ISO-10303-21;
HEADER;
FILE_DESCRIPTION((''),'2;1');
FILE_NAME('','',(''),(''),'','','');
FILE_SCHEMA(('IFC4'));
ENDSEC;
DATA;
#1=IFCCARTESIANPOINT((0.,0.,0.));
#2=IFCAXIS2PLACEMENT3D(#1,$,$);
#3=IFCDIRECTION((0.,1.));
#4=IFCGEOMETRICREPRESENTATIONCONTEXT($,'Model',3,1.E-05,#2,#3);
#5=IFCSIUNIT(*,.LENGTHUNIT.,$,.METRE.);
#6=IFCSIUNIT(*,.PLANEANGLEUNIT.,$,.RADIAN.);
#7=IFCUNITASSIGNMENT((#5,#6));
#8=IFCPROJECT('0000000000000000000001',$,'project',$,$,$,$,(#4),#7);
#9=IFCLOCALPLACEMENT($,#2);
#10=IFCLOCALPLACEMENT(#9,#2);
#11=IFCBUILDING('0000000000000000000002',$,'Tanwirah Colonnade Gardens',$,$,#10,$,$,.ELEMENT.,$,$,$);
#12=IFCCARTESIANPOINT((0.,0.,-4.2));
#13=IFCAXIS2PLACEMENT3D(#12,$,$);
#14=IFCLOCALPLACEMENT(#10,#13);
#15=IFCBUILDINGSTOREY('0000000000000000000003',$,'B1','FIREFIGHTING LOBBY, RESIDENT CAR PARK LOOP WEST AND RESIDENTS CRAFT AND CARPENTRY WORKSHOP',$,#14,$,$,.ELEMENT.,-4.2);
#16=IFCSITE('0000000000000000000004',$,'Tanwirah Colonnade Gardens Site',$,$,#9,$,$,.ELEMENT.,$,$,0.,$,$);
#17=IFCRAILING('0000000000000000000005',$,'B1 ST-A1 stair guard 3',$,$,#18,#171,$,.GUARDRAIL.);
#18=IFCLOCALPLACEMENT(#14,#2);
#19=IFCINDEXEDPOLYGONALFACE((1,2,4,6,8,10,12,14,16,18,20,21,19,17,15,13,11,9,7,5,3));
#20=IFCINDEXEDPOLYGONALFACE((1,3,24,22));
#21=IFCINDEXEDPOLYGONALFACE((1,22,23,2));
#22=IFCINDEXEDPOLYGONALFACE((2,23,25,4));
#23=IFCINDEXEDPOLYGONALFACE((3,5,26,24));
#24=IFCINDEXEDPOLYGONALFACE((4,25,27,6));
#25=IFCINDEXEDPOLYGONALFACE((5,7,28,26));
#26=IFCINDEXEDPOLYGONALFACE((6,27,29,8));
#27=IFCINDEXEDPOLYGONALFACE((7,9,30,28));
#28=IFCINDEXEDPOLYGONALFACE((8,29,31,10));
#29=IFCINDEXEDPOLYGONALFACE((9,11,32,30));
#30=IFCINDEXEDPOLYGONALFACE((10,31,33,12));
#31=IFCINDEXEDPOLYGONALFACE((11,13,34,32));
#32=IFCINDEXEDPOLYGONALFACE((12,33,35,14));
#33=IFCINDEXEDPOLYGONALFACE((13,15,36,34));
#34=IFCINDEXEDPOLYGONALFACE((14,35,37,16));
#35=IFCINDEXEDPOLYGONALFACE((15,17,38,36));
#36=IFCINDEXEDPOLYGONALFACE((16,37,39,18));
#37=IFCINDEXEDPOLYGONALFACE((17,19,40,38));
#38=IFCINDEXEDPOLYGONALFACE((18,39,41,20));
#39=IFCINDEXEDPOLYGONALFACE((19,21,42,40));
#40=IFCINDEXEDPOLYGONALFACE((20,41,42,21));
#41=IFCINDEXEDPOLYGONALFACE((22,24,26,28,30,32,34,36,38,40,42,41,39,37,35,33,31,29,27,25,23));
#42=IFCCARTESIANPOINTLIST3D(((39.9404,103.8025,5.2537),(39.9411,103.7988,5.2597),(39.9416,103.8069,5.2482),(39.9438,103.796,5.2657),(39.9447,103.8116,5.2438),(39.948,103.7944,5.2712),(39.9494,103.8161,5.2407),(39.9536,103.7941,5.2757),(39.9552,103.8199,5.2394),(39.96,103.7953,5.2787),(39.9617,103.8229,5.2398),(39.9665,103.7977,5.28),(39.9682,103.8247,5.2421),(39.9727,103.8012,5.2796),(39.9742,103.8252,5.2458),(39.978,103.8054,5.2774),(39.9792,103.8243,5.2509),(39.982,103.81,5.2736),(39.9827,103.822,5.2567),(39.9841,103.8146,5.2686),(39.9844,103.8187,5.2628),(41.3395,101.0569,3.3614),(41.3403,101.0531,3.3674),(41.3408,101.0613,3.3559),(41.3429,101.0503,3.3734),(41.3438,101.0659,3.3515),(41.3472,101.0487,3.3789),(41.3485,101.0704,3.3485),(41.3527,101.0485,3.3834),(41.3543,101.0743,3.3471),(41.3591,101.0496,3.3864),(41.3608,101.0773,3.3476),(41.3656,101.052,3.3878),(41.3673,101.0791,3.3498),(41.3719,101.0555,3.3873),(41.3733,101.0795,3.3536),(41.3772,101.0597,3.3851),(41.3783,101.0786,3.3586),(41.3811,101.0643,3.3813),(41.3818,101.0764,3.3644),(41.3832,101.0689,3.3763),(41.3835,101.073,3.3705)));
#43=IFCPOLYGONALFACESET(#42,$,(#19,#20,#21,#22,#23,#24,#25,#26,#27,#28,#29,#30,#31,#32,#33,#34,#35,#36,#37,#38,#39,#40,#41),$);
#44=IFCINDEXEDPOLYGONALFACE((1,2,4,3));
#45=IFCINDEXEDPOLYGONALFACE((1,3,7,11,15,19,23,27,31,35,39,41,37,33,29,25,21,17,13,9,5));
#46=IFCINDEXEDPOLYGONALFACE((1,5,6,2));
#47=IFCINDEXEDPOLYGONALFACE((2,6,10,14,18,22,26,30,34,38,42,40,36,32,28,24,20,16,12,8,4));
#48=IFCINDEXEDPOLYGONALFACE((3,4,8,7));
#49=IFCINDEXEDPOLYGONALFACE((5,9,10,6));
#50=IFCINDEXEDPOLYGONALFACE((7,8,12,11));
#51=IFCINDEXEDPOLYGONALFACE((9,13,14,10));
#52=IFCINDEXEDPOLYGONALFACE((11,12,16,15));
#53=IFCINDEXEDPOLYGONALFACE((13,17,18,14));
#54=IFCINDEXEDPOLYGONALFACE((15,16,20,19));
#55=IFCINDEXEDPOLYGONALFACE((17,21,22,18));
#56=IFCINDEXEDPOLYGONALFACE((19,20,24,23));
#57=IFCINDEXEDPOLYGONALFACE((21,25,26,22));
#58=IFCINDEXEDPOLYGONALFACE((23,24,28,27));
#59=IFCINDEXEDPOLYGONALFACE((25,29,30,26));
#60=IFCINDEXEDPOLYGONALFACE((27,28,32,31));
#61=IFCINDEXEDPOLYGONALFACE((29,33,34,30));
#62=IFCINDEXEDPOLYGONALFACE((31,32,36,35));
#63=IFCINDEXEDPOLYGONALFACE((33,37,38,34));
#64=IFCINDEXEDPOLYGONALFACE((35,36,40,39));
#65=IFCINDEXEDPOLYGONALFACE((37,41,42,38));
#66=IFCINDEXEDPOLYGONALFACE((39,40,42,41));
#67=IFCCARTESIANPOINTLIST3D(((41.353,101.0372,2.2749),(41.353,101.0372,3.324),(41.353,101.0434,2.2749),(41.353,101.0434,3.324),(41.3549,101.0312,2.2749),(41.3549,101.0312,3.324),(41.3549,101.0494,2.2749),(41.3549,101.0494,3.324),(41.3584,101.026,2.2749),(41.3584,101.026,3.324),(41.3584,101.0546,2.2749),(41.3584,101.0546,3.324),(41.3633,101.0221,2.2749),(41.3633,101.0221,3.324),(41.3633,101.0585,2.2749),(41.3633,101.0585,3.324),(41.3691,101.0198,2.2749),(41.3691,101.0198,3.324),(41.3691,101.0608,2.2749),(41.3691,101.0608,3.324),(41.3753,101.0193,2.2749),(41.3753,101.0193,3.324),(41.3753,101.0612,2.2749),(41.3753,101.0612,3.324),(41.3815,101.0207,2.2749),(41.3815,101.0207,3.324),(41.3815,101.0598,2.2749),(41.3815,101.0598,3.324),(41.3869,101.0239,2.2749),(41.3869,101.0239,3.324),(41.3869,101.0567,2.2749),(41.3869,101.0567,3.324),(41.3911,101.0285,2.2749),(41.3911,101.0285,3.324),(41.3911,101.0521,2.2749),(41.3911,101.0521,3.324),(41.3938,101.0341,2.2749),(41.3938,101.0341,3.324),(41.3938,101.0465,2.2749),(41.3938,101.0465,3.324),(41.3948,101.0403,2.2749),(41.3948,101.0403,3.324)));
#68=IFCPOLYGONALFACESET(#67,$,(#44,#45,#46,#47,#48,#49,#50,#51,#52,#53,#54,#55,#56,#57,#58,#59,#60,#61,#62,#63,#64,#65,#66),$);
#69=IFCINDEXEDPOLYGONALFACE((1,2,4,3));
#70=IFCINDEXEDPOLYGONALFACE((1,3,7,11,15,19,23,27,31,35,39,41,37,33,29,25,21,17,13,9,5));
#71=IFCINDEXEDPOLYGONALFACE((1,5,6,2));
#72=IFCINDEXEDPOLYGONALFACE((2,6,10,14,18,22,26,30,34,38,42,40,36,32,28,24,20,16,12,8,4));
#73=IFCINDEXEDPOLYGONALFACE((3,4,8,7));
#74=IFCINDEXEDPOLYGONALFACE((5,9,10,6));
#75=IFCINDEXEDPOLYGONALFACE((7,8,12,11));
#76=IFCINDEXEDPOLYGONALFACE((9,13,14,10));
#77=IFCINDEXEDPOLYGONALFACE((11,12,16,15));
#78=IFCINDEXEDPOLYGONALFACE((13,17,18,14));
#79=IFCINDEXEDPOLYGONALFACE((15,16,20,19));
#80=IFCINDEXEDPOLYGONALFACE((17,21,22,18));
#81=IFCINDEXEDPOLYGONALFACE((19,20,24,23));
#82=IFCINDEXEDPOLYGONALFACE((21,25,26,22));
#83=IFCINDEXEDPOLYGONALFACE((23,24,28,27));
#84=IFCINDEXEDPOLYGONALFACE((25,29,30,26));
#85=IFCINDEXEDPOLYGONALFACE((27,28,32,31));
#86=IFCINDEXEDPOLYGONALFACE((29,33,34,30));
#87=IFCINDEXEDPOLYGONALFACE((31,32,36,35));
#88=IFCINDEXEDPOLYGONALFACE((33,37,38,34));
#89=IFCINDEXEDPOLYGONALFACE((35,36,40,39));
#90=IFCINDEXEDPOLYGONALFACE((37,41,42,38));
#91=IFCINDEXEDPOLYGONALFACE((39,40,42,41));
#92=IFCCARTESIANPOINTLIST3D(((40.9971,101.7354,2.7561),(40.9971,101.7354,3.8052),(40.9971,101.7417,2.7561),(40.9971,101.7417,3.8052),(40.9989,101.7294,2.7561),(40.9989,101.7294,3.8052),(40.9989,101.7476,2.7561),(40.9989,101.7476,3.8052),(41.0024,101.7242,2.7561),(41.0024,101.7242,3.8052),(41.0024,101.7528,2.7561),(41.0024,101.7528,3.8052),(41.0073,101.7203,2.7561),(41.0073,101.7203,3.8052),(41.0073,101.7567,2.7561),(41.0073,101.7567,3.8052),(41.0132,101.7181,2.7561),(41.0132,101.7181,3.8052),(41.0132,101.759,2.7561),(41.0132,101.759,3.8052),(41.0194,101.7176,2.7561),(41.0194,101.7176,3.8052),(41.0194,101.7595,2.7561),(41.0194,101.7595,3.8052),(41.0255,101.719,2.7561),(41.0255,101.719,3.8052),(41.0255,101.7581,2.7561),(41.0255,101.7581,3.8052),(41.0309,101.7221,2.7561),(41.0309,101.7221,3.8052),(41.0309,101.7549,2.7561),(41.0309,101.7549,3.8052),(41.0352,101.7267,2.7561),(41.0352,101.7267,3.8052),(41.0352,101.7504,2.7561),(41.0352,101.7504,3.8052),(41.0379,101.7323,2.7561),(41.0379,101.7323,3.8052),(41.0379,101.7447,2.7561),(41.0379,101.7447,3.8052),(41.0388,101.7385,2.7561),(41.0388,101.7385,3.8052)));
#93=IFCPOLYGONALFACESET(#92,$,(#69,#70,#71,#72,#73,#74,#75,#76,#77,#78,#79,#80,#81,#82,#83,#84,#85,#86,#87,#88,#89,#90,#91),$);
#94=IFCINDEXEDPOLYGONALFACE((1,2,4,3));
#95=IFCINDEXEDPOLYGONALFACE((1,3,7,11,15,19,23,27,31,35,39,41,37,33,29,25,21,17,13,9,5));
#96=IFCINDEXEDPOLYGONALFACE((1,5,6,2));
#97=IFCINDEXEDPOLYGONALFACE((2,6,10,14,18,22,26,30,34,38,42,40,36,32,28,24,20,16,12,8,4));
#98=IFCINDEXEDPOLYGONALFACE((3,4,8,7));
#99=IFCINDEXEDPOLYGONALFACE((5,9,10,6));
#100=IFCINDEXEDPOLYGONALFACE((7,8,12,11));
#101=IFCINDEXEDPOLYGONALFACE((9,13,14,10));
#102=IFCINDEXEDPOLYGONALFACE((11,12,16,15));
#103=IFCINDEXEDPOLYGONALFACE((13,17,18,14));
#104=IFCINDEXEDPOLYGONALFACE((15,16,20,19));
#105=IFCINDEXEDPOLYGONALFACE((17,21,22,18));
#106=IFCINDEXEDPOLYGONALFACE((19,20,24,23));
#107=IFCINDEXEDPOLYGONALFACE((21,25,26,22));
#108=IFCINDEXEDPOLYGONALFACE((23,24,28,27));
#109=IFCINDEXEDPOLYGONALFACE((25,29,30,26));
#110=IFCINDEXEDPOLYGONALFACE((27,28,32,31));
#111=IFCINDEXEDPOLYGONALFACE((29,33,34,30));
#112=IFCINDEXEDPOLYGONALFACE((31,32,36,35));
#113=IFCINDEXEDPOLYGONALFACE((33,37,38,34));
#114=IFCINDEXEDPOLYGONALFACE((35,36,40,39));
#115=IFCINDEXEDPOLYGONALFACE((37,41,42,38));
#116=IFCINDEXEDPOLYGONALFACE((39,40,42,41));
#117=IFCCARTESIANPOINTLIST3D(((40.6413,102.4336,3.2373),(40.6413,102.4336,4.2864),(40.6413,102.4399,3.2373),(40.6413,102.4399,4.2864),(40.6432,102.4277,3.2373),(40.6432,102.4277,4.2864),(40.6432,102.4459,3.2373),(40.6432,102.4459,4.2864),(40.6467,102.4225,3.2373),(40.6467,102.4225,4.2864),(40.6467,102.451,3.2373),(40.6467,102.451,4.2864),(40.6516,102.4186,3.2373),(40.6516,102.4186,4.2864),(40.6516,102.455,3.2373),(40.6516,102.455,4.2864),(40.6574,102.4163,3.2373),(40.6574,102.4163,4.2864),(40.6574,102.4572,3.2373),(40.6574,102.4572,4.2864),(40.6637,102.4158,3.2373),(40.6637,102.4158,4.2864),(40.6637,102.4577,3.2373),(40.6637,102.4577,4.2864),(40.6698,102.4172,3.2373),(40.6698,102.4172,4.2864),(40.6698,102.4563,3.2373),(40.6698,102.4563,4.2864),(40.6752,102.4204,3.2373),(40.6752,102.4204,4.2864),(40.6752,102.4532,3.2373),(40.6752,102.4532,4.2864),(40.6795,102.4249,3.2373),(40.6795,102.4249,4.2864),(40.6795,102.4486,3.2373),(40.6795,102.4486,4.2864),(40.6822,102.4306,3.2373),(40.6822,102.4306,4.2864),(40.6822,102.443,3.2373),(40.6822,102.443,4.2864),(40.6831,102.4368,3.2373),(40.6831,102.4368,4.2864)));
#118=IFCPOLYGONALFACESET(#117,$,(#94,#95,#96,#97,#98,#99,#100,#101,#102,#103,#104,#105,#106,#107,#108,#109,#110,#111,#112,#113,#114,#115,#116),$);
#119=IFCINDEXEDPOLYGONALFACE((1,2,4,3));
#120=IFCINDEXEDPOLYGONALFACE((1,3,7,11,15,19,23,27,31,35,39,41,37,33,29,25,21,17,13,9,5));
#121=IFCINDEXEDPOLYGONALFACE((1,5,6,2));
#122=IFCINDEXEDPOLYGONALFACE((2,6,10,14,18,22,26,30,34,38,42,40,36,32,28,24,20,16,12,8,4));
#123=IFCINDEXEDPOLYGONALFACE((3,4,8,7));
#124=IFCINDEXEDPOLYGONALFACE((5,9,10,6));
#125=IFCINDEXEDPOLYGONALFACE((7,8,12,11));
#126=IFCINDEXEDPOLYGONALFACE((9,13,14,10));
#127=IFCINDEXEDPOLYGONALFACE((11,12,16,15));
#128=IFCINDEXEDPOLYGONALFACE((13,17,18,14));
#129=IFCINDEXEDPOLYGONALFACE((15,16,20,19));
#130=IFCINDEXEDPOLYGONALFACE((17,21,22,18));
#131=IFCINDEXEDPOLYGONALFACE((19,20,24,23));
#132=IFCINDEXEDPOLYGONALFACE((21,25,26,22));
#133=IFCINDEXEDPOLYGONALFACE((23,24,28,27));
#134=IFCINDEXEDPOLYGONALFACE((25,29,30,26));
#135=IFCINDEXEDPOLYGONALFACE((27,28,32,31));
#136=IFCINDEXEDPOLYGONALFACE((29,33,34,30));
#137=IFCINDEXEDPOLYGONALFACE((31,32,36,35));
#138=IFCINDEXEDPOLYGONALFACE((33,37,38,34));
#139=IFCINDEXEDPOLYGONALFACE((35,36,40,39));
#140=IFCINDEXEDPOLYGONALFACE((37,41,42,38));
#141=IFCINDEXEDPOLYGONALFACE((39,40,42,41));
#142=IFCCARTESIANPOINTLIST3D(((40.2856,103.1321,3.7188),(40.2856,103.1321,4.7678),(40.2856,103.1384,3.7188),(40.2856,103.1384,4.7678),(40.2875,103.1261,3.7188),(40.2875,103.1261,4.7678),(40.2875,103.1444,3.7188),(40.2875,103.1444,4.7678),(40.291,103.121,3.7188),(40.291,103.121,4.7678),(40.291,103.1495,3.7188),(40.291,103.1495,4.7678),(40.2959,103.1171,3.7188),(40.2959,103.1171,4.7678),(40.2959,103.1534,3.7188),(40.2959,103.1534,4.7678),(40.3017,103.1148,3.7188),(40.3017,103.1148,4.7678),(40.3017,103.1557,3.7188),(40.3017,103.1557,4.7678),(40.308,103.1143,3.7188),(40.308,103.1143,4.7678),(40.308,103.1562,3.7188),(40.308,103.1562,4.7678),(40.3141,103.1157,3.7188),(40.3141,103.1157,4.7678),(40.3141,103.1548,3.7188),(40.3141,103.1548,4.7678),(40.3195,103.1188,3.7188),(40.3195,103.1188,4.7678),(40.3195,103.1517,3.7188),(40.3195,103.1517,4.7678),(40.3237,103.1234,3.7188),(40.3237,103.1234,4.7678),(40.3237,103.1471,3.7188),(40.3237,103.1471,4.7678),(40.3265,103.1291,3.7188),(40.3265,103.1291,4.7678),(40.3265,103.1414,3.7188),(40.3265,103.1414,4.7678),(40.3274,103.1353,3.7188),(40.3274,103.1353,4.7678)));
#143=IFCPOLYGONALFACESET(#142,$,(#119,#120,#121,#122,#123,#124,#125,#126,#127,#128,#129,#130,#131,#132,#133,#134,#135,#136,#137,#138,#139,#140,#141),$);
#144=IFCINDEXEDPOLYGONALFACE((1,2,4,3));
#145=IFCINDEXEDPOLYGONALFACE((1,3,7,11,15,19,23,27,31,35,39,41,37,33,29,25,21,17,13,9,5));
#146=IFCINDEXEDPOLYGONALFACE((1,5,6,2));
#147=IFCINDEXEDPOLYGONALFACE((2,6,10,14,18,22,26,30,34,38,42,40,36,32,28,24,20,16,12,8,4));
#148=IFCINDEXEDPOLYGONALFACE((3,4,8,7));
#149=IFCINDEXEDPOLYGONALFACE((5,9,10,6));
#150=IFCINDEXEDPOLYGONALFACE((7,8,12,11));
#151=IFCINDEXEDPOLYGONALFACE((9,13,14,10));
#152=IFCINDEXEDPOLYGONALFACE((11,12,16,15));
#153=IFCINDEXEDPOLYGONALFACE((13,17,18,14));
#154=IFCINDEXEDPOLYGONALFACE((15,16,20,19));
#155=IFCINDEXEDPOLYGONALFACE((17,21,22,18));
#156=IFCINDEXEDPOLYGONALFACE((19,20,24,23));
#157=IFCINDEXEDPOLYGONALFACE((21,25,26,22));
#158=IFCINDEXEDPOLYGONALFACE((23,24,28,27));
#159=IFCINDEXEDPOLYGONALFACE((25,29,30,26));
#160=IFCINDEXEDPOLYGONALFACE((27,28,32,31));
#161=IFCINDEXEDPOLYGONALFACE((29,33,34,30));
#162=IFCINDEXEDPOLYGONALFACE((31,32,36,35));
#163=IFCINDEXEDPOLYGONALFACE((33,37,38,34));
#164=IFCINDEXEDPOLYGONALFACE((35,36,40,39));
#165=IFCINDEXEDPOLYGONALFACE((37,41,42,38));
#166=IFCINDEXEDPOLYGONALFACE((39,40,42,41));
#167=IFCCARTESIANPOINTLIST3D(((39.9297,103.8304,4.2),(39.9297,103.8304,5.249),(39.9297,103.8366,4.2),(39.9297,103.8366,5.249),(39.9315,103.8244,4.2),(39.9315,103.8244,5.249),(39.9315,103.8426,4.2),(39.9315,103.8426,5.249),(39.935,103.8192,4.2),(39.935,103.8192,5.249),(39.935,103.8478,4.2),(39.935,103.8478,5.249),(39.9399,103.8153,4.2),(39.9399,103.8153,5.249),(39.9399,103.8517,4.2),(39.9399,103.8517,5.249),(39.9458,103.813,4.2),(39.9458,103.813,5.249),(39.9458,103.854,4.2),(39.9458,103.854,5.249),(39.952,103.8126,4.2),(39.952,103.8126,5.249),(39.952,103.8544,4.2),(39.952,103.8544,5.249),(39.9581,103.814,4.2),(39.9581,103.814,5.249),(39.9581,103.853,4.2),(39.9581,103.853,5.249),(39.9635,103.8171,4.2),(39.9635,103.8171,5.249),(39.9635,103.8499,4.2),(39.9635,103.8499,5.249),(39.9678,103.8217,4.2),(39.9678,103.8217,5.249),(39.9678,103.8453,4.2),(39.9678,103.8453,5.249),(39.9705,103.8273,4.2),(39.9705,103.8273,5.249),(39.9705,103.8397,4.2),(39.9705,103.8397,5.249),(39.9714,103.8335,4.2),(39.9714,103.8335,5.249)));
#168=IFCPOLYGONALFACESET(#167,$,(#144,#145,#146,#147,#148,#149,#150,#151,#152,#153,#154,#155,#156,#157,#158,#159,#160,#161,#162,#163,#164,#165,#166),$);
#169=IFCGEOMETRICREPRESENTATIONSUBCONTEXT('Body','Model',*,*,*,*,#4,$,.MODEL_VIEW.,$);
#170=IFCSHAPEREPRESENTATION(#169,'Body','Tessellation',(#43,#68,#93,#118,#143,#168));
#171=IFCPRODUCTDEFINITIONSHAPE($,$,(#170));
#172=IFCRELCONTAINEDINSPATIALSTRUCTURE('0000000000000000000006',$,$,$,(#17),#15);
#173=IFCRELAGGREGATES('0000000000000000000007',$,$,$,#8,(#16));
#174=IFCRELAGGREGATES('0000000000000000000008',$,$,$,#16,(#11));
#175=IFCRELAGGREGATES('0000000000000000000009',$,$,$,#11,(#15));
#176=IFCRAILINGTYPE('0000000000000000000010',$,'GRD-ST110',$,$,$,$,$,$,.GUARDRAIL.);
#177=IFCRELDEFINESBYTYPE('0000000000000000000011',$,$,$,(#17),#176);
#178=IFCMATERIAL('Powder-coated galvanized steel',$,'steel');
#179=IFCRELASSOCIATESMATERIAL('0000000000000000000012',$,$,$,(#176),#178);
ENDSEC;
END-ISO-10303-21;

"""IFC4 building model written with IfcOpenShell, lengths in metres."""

from ifc_helpers import new_model, si_unit, direction, frame, origin, origin_2d, place, context, subcontext, project, spatial, circle, extrude, material, type_object, element, save


model = new_model("IFC4")

# Units and contexts
model_context = context("Model", 3, precision=1e-05, world=origin(), true_north=direction((0.0, 1.0)))
body_context = subcontext(model_context, "Body", "Model", "MODEL_VIEW")
ifc_project = project(units=[si_unit("LENGTHUNIT", "METRE"), si_unit("PLANEANGLEUNIT", "RADIAN")], contexts=[model_context])

# Site, building, storey
site_placement = place(None, origin())
site = spatial("IfcSite", under=ifc_project, at=site_placement, Name="Tanwirah Colonnade Gardens Site", CompositionType="ELEMENT", RefElevation=0.0)
building_placement = place(site_placement, origin())
building = spatial("IfcBuilding", under=site, at=building_placement, Name="Tanwirah Colonnade Gardens", CompositionType="ELEMENT")
storey_placement = place(building_placement, frame((0.0, 0.0, -4.2)))
storey = spatial("IfcBuildingStorey", under=building, at=storey_placement, Name="B1", Description="FIREFIGHTING LOBBY, RESIDENT CAR PARK LOOP WEST AND RESIDENTS CRAFT AND CARPENTRY WORKSHOP", CompositionType="ELEMENT", Elevation=-4.2)

# Railing
ifc_material_1 = material(Name="Powder-coated galvanized steel", Category="steel")
railing_type_1 = type_object("IfcRailingType", Name="GRD-ST110", PredefinedType="GUARDRAIL", material=ifc_material_1)
railing_1_placement = place(storey_placement, frame((41.3738, 101.0403, 2.2749)))
element("IfcRailing", 1, at=railing_1_placement, inside=storey, type_object=railing_type_1, Name="B1 ST-A1 stair guard 3", PredefinedType="GUARDRAIL", context=body_context, shape_type="SweptSolid", body=[
    extrude(circle(Radius=0.0239, at=origin_2d()), frame((-0.0122, 0.0237, 1.0925), z_axis=(-0.386901, 0.759268, 0.523278), x_axis=(-0.89099, -0.454023, 0.0)), (0.0, 0.0, 1.0), 3.6162),
    extrude(circle(Radius=0.021, at=origin_2d()), origin(), (0.0, 0.0, 1.0), 1.0491),
    extrude(circle(Radius=0.021, at=origin_2d()), frame((-0.356, 0.6982, 0.4812)), (0.0, 0.0, 1.0), 1.0491),
    extrude(circle(Radius=0.021, at=origin_2d()), frame((-0.7117, 1.3965, 0.9624)), (0.0, 0.0, 1.0), 1.0491),
    extrude(circle(Radius=0.021, at=origin_2d()), frame((-1.0674, 2.095, 1.4438)), (0.0, 0.0, 1.0), 1.0491),
    extrude(circle(Radius=0.021, at=origin_2d()), frame((-1.4233, 2.7932, 1.925)), (0.0, 0.0, 1.0), 1.0491),
])

save(model, "model.ifc")
